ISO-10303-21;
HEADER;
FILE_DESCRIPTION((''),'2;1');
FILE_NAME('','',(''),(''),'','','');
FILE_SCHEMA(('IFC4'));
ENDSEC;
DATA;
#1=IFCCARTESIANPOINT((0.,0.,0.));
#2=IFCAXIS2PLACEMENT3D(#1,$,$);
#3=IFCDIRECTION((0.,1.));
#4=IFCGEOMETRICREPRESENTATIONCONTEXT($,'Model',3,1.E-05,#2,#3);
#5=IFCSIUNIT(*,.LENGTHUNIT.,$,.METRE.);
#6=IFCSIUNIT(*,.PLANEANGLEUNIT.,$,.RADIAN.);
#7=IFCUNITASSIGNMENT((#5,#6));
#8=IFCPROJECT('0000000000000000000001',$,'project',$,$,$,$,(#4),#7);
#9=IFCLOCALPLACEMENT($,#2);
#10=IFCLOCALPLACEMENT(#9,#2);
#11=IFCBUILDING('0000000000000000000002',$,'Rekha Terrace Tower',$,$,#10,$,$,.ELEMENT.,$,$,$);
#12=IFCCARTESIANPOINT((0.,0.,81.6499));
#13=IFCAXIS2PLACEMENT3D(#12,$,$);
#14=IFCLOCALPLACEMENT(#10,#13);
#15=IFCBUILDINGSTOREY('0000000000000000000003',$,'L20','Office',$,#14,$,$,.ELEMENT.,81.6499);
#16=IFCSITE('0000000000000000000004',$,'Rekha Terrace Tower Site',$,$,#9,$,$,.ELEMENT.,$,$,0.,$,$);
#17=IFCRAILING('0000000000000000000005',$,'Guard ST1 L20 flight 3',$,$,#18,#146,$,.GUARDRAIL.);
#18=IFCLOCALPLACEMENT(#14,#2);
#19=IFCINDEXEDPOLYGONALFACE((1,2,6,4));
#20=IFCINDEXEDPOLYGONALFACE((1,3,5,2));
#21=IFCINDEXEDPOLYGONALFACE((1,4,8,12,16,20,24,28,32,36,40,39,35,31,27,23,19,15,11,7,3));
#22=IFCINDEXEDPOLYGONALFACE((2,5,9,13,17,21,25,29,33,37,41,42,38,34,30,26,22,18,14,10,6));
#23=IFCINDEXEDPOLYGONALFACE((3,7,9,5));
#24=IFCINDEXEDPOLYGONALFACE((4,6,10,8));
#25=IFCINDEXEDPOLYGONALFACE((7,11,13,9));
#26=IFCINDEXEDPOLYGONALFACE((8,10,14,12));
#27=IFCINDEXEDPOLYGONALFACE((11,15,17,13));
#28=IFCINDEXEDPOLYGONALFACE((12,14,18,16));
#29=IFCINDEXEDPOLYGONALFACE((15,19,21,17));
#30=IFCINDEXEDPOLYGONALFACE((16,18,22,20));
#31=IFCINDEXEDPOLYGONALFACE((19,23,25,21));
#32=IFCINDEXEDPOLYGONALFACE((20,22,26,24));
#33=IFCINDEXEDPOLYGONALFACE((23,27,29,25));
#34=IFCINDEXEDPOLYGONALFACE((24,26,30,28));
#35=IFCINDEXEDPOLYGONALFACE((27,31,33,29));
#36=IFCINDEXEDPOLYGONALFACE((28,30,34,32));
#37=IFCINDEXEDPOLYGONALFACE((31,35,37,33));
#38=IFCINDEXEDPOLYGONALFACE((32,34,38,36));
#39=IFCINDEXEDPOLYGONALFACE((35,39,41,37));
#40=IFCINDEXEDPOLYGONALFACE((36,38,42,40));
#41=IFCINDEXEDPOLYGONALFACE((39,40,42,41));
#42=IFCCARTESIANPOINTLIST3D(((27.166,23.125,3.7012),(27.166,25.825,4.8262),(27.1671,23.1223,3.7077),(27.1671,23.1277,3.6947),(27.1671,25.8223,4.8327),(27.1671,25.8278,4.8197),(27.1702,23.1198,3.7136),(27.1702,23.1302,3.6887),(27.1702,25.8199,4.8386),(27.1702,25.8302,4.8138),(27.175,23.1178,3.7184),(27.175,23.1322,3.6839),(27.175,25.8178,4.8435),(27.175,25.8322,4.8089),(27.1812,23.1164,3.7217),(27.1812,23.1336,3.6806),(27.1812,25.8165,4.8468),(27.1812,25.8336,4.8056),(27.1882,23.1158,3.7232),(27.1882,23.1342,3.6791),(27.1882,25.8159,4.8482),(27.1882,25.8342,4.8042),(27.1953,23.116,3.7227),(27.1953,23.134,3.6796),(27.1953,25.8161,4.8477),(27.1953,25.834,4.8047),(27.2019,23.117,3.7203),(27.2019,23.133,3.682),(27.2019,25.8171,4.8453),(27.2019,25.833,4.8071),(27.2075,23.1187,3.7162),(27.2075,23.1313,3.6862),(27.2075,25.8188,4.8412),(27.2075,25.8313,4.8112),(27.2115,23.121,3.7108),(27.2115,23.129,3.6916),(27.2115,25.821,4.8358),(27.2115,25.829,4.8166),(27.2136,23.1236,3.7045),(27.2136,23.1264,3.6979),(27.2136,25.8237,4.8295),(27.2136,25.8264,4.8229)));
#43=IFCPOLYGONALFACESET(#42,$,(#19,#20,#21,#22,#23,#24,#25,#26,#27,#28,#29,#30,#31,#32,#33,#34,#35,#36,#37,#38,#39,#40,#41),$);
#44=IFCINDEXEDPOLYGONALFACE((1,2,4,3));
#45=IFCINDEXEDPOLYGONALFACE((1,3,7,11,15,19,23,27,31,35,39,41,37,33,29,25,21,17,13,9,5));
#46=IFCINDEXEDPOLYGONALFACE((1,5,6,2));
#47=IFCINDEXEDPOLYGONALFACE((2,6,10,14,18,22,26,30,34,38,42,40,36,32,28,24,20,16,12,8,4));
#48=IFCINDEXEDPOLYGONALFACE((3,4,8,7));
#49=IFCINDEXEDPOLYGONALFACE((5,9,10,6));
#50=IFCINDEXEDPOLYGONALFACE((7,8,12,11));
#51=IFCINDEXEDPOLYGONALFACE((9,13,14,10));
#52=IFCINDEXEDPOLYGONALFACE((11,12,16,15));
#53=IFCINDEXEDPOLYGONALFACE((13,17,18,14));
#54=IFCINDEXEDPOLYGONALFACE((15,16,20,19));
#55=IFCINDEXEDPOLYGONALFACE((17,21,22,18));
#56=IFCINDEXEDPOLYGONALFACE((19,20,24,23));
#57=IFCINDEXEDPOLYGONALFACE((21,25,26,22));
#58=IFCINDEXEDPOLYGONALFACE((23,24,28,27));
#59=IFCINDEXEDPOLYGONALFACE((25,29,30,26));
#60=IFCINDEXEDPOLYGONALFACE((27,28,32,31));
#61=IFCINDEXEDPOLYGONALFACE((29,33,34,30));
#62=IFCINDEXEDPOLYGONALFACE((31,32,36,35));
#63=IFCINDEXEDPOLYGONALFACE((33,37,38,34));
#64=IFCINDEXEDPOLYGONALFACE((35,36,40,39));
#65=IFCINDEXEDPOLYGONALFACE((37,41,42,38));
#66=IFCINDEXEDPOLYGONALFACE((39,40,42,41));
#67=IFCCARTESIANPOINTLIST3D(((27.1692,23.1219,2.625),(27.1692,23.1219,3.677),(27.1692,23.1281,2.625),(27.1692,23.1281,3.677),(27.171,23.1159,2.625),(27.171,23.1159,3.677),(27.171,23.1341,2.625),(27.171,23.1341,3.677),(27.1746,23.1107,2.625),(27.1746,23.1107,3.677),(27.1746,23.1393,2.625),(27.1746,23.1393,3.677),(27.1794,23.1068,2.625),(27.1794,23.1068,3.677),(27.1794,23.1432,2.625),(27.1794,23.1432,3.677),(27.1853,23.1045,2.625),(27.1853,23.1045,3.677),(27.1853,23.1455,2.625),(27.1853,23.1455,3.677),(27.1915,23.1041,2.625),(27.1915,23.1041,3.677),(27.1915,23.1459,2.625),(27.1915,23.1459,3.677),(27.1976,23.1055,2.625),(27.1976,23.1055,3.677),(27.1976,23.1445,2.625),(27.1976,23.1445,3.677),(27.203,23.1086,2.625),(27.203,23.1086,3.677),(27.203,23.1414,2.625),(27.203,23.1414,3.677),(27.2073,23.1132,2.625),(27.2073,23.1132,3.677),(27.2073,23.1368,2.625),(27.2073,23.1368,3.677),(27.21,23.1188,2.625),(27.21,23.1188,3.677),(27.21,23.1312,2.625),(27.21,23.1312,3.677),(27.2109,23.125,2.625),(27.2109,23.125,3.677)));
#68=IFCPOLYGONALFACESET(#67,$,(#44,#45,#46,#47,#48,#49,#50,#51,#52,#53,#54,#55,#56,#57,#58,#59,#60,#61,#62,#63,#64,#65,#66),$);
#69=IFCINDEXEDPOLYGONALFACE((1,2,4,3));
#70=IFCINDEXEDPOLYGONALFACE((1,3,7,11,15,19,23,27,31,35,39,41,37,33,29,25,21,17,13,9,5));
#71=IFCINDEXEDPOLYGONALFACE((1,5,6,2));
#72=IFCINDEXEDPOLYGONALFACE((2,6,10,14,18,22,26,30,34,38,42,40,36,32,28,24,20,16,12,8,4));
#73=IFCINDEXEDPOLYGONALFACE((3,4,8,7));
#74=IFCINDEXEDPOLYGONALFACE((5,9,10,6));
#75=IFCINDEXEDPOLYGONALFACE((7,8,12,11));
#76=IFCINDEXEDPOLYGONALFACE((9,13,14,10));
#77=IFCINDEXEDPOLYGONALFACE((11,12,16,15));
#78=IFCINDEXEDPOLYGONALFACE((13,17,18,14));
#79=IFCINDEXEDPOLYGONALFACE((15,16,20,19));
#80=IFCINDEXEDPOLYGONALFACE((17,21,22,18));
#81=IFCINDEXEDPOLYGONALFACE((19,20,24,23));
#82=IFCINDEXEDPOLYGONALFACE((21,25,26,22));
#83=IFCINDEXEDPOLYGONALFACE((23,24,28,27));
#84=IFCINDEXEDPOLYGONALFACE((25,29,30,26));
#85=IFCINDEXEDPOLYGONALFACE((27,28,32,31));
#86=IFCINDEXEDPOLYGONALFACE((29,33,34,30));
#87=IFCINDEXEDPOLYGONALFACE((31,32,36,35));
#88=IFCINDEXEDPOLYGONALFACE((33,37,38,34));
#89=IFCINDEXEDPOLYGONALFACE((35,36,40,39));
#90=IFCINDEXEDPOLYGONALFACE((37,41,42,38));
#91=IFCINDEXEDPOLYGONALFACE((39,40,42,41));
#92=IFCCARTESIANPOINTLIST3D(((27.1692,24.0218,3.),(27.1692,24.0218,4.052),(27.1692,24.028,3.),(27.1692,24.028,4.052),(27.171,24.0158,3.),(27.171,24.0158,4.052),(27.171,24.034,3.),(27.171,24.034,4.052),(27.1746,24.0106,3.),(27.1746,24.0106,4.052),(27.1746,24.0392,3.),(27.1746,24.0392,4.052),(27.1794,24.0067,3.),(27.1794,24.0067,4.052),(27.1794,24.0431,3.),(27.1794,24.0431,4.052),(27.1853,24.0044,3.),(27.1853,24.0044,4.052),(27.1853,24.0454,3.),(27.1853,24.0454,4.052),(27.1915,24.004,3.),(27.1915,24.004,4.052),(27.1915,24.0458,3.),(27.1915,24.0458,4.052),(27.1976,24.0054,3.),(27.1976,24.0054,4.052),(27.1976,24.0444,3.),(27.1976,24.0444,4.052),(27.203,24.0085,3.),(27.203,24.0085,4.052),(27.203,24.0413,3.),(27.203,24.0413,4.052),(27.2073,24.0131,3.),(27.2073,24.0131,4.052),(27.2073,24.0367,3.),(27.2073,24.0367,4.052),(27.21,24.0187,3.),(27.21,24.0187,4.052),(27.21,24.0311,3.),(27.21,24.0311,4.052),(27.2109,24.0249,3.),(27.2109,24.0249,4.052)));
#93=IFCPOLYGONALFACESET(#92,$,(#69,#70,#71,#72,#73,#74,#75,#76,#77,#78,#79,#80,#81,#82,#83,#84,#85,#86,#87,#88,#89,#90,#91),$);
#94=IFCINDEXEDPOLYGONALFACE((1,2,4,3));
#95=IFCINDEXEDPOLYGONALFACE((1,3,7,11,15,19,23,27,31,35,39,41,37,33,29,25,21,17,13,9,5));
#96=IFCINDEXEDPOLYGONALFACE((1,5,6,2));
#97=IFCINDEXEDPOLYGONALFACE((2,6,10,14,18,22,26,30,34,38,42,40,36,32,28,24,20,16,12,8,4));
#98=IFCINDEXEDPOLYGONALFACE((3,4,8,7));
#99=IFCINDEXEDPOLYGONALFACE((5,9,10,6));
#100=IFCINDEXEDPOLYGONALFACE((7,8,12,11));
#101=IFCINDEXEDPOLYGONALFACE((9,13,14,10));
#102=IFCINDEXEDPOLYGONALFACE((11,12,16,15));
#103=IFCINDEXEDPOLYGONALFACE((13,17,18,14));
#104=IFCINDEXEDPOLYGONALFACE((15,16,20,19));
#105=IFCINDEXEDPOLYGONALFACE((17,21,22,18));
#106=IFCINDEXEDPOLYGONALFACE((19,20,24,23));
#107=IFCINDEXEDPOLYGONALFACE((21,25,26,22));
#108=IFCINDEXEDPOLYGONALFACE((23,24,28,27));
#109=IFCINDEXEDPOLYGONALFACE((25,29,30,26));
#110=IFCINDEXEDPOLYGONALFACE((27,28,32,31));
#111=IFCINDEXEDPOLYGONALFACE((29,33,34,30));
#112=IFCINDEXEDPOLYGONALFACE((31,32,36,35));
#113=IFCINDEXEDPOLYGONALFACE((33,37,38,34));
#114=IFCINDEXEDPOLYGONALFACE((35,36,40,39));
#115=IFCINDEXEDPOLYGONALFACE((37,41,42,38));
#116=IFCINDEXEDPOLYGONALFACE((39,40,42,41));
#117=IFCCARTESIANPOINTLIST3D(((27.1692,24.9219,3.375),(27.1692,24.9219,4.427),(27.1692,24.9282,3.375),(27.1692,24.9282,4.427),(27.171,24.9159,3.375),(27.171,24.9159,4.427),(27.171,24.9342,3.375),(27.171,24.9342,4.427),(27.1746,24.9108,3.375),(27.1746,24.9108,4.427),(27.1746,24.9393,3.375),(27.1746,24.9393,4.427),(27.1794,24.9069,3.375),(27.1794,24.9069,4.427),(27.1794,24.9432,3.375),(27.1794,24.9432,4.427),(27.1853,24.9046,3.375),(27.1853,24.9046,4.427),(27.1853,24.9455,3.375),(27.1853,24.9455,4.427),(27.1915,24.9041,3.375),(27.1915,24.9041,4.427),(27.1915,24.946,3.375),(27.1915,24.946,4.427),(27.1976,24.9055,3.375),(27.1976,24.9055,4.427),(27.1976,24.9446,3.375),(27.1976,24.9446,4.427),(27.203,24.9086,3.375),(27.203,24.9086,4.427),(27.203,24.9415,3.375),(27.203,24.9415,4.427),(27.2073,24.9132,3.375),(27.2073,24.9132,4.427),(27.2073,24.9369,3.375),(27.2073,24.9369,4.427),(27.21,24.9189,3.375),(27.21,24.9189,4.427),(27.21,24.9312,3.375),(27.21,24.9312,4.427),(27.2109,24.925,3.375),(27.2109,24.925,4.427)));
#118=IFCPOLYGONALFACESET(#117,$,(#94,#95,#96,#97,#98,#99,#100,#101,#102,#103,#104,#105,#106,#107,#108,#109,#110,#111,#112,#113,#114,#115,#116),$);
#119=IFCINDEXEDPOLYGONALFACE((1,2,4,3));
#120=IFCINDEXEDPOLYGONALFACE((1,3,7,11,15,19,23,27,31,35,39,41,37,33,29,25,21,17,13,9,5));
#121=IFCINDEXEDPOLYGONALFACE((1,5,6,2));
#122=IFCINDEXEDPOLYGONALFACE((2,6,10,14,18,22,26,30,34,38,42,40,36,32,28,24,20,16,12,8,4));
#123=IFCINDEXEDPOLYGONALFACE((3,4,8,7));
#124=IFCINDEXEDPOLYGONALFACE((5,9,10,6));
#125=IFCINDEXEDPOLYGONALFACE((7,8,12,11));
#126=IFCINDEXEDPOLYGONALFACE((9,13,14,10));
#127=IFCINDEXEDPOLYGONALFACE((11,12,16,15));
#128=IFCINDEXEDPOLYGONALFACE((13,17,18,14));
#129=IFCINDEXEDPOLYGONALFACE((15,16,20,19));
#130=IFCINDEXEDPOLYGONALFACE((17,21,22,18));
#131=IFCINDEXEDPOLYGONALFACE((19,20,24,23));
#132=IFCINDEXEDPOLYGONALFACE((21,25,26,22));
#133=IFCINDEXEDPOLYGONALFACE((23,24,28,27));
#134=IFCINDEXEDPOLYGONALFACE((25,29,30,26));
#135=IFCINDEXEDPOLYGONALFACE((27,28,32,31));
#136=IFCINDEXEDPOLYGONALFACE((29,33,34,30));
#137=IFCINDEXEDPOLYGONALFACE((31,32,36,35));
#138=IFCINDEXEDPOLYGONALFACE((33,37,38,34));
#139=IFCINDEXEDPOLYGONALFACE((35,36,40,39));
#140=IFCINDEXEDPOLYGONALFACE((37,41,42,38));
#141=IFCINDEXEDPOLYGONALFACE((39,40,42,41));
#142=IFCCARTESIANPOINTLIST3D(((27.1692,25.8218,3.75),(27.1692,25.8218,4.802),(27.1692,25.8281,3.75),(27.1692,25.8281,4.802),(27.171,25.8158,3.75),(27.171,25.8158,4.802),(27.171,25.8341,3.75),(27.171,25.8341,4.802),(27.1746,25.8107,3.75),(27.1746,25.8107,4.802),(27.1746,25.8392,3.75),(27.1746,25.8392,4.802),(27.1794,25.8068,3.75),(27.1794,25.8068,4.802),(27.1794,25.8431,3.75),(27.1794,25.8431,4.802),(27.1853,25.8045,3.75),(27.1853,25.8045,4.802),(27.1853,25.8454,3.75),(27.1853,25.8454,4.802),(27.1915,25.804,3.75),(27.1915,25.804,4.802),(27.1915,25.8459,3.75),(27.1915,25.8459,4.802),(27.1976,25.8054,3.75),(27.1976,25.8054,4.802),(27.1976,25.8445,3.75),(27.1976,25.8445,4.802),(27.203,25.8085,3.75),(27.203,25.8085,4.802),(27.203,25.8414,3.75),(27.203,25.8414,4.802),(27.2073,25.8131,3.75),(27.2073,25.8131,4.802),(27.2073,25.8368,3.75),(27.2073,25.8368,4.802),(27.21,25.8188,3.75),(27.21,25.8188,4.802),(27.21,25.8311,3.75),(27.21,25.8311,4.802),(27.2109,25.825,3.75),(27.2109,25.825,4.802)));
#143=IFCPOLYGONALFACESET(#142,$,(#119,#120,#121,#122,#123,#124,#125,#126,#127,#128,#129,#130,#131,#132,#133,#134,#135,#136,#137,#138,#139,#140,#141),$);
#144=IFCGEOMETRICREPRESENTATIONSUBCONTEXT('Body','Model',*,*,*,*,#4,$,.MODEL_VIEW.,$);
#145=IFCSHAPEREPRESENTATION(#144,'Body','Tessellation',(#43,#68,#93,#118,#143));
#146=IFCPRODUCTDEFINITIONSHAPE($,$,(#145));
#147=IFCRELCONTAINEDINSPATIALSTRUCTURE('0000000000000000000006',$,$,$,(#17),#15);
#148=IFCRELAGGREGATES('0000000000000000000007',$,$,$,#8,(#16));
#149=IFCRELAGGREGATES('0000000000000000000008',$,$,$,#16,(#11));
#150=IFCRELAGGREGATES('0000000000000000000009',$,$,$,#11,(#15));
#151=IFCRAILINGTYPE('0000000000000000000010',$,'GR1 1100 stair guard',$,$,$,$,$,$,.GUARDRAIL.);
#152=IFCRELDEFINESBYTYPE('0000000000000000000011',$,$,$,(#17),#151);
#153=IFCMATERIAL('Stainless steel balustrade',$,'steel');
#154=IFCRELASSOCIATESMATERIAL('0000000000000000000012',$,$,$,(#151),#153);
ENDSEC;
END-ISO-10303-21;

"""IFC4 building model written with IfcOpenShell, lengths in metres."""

from ifc_helpers import new_model, si_unit, direction, frame, origin, origin_2d, place, context, subcontext, project, spatial, circle, extrude, material, type_object, element, save


model = new_model("IFC4")

# Units and contexts
model_context = context("Model", 3, precision=1e-05, world=origin(), true_north=direction((0.0, 1.0)))
body_context = subcontext(model_context, "Body", "Model", "MODEL_VIEW")
ifc_project = project(units=[si_unit("LENGTHUNIT", "METRE"), si_unit("PLANEANGLEUNIT", "RADIAN")], contexts=[model_context])

# Site, building, storey
site_placement = place(None, origin())
site = spatial("IfcSite", under=ifc_project, at=site_placement, Name="Rekha Terrace Tower Site", CompositionType="ELEMENT", RefElevation=0.0)
building_placement = place(site_placement, origin())
building = spatial("IfcBuilding", under=site, at=building_placement, Name="Rekha Terrace Tower", CompositionType="ELEMENT")
storey_placement = place(building_placement, frame((0.0, 0.0, 81.6499)))
storey = spatial("IfcBuildingStorey", under=building, at=storey_placement, Name="L20", Description="Office", CompositionType="ELEMENT", Elevation=81.6499)

# Railing
ifc_material_1 = material(Name="Stainless steel balustrade", Category="steel")
railing_type_1 = type_object("IfcRailingType", Name="GR1 1100 stair guard", PredefinedType="GUARDRAIL", material=ifc_material_1)
railing_1_placement = place(storey_placement, frame((27.1899, 23.125, 2.625)))
element("IfcRailing", 1, at=railing_1_placement, inside=storey, type_object=railing_type_1, Name="Guard ST1 L20 flight 3", PredefinedType="GUARDRAIL", context=body_context, shape_type="SweptSolid", body=[
    extrude(circle(Radius=0.0239, at=origin_2d()), frame((0.0, 0.0, 1.0762), z_axis=(0.0, 0.923074, 0.384621), x_axis=(-1.0, 0.0, 0.0)), (0.0, 0.0, 1.0), 2.925),
    extrude(circle(Radius=0.021, at=origin_2d()), origin(), (0.0, 0.0, 1.0), 1.052),
    extrude(circle(Radius=0.021, at=origin_2d()), frame((0.0, 0.8999, 0.375)), (0.0, 0.0, 1.0), 1.052),
    extrude(circle(Radius=0.021, at=origin_2d()), frame((0.0, 1.8, 0.75)), (0.0, 0.0, 1.0), 1.052),
    extrude(circle(Radius=0.021, at=origin_2d()), frame((0.0, 2.7, 1.125)), (0.0, 0.0, 1.0), 1.052),
])

save(model, "model.ifc")
